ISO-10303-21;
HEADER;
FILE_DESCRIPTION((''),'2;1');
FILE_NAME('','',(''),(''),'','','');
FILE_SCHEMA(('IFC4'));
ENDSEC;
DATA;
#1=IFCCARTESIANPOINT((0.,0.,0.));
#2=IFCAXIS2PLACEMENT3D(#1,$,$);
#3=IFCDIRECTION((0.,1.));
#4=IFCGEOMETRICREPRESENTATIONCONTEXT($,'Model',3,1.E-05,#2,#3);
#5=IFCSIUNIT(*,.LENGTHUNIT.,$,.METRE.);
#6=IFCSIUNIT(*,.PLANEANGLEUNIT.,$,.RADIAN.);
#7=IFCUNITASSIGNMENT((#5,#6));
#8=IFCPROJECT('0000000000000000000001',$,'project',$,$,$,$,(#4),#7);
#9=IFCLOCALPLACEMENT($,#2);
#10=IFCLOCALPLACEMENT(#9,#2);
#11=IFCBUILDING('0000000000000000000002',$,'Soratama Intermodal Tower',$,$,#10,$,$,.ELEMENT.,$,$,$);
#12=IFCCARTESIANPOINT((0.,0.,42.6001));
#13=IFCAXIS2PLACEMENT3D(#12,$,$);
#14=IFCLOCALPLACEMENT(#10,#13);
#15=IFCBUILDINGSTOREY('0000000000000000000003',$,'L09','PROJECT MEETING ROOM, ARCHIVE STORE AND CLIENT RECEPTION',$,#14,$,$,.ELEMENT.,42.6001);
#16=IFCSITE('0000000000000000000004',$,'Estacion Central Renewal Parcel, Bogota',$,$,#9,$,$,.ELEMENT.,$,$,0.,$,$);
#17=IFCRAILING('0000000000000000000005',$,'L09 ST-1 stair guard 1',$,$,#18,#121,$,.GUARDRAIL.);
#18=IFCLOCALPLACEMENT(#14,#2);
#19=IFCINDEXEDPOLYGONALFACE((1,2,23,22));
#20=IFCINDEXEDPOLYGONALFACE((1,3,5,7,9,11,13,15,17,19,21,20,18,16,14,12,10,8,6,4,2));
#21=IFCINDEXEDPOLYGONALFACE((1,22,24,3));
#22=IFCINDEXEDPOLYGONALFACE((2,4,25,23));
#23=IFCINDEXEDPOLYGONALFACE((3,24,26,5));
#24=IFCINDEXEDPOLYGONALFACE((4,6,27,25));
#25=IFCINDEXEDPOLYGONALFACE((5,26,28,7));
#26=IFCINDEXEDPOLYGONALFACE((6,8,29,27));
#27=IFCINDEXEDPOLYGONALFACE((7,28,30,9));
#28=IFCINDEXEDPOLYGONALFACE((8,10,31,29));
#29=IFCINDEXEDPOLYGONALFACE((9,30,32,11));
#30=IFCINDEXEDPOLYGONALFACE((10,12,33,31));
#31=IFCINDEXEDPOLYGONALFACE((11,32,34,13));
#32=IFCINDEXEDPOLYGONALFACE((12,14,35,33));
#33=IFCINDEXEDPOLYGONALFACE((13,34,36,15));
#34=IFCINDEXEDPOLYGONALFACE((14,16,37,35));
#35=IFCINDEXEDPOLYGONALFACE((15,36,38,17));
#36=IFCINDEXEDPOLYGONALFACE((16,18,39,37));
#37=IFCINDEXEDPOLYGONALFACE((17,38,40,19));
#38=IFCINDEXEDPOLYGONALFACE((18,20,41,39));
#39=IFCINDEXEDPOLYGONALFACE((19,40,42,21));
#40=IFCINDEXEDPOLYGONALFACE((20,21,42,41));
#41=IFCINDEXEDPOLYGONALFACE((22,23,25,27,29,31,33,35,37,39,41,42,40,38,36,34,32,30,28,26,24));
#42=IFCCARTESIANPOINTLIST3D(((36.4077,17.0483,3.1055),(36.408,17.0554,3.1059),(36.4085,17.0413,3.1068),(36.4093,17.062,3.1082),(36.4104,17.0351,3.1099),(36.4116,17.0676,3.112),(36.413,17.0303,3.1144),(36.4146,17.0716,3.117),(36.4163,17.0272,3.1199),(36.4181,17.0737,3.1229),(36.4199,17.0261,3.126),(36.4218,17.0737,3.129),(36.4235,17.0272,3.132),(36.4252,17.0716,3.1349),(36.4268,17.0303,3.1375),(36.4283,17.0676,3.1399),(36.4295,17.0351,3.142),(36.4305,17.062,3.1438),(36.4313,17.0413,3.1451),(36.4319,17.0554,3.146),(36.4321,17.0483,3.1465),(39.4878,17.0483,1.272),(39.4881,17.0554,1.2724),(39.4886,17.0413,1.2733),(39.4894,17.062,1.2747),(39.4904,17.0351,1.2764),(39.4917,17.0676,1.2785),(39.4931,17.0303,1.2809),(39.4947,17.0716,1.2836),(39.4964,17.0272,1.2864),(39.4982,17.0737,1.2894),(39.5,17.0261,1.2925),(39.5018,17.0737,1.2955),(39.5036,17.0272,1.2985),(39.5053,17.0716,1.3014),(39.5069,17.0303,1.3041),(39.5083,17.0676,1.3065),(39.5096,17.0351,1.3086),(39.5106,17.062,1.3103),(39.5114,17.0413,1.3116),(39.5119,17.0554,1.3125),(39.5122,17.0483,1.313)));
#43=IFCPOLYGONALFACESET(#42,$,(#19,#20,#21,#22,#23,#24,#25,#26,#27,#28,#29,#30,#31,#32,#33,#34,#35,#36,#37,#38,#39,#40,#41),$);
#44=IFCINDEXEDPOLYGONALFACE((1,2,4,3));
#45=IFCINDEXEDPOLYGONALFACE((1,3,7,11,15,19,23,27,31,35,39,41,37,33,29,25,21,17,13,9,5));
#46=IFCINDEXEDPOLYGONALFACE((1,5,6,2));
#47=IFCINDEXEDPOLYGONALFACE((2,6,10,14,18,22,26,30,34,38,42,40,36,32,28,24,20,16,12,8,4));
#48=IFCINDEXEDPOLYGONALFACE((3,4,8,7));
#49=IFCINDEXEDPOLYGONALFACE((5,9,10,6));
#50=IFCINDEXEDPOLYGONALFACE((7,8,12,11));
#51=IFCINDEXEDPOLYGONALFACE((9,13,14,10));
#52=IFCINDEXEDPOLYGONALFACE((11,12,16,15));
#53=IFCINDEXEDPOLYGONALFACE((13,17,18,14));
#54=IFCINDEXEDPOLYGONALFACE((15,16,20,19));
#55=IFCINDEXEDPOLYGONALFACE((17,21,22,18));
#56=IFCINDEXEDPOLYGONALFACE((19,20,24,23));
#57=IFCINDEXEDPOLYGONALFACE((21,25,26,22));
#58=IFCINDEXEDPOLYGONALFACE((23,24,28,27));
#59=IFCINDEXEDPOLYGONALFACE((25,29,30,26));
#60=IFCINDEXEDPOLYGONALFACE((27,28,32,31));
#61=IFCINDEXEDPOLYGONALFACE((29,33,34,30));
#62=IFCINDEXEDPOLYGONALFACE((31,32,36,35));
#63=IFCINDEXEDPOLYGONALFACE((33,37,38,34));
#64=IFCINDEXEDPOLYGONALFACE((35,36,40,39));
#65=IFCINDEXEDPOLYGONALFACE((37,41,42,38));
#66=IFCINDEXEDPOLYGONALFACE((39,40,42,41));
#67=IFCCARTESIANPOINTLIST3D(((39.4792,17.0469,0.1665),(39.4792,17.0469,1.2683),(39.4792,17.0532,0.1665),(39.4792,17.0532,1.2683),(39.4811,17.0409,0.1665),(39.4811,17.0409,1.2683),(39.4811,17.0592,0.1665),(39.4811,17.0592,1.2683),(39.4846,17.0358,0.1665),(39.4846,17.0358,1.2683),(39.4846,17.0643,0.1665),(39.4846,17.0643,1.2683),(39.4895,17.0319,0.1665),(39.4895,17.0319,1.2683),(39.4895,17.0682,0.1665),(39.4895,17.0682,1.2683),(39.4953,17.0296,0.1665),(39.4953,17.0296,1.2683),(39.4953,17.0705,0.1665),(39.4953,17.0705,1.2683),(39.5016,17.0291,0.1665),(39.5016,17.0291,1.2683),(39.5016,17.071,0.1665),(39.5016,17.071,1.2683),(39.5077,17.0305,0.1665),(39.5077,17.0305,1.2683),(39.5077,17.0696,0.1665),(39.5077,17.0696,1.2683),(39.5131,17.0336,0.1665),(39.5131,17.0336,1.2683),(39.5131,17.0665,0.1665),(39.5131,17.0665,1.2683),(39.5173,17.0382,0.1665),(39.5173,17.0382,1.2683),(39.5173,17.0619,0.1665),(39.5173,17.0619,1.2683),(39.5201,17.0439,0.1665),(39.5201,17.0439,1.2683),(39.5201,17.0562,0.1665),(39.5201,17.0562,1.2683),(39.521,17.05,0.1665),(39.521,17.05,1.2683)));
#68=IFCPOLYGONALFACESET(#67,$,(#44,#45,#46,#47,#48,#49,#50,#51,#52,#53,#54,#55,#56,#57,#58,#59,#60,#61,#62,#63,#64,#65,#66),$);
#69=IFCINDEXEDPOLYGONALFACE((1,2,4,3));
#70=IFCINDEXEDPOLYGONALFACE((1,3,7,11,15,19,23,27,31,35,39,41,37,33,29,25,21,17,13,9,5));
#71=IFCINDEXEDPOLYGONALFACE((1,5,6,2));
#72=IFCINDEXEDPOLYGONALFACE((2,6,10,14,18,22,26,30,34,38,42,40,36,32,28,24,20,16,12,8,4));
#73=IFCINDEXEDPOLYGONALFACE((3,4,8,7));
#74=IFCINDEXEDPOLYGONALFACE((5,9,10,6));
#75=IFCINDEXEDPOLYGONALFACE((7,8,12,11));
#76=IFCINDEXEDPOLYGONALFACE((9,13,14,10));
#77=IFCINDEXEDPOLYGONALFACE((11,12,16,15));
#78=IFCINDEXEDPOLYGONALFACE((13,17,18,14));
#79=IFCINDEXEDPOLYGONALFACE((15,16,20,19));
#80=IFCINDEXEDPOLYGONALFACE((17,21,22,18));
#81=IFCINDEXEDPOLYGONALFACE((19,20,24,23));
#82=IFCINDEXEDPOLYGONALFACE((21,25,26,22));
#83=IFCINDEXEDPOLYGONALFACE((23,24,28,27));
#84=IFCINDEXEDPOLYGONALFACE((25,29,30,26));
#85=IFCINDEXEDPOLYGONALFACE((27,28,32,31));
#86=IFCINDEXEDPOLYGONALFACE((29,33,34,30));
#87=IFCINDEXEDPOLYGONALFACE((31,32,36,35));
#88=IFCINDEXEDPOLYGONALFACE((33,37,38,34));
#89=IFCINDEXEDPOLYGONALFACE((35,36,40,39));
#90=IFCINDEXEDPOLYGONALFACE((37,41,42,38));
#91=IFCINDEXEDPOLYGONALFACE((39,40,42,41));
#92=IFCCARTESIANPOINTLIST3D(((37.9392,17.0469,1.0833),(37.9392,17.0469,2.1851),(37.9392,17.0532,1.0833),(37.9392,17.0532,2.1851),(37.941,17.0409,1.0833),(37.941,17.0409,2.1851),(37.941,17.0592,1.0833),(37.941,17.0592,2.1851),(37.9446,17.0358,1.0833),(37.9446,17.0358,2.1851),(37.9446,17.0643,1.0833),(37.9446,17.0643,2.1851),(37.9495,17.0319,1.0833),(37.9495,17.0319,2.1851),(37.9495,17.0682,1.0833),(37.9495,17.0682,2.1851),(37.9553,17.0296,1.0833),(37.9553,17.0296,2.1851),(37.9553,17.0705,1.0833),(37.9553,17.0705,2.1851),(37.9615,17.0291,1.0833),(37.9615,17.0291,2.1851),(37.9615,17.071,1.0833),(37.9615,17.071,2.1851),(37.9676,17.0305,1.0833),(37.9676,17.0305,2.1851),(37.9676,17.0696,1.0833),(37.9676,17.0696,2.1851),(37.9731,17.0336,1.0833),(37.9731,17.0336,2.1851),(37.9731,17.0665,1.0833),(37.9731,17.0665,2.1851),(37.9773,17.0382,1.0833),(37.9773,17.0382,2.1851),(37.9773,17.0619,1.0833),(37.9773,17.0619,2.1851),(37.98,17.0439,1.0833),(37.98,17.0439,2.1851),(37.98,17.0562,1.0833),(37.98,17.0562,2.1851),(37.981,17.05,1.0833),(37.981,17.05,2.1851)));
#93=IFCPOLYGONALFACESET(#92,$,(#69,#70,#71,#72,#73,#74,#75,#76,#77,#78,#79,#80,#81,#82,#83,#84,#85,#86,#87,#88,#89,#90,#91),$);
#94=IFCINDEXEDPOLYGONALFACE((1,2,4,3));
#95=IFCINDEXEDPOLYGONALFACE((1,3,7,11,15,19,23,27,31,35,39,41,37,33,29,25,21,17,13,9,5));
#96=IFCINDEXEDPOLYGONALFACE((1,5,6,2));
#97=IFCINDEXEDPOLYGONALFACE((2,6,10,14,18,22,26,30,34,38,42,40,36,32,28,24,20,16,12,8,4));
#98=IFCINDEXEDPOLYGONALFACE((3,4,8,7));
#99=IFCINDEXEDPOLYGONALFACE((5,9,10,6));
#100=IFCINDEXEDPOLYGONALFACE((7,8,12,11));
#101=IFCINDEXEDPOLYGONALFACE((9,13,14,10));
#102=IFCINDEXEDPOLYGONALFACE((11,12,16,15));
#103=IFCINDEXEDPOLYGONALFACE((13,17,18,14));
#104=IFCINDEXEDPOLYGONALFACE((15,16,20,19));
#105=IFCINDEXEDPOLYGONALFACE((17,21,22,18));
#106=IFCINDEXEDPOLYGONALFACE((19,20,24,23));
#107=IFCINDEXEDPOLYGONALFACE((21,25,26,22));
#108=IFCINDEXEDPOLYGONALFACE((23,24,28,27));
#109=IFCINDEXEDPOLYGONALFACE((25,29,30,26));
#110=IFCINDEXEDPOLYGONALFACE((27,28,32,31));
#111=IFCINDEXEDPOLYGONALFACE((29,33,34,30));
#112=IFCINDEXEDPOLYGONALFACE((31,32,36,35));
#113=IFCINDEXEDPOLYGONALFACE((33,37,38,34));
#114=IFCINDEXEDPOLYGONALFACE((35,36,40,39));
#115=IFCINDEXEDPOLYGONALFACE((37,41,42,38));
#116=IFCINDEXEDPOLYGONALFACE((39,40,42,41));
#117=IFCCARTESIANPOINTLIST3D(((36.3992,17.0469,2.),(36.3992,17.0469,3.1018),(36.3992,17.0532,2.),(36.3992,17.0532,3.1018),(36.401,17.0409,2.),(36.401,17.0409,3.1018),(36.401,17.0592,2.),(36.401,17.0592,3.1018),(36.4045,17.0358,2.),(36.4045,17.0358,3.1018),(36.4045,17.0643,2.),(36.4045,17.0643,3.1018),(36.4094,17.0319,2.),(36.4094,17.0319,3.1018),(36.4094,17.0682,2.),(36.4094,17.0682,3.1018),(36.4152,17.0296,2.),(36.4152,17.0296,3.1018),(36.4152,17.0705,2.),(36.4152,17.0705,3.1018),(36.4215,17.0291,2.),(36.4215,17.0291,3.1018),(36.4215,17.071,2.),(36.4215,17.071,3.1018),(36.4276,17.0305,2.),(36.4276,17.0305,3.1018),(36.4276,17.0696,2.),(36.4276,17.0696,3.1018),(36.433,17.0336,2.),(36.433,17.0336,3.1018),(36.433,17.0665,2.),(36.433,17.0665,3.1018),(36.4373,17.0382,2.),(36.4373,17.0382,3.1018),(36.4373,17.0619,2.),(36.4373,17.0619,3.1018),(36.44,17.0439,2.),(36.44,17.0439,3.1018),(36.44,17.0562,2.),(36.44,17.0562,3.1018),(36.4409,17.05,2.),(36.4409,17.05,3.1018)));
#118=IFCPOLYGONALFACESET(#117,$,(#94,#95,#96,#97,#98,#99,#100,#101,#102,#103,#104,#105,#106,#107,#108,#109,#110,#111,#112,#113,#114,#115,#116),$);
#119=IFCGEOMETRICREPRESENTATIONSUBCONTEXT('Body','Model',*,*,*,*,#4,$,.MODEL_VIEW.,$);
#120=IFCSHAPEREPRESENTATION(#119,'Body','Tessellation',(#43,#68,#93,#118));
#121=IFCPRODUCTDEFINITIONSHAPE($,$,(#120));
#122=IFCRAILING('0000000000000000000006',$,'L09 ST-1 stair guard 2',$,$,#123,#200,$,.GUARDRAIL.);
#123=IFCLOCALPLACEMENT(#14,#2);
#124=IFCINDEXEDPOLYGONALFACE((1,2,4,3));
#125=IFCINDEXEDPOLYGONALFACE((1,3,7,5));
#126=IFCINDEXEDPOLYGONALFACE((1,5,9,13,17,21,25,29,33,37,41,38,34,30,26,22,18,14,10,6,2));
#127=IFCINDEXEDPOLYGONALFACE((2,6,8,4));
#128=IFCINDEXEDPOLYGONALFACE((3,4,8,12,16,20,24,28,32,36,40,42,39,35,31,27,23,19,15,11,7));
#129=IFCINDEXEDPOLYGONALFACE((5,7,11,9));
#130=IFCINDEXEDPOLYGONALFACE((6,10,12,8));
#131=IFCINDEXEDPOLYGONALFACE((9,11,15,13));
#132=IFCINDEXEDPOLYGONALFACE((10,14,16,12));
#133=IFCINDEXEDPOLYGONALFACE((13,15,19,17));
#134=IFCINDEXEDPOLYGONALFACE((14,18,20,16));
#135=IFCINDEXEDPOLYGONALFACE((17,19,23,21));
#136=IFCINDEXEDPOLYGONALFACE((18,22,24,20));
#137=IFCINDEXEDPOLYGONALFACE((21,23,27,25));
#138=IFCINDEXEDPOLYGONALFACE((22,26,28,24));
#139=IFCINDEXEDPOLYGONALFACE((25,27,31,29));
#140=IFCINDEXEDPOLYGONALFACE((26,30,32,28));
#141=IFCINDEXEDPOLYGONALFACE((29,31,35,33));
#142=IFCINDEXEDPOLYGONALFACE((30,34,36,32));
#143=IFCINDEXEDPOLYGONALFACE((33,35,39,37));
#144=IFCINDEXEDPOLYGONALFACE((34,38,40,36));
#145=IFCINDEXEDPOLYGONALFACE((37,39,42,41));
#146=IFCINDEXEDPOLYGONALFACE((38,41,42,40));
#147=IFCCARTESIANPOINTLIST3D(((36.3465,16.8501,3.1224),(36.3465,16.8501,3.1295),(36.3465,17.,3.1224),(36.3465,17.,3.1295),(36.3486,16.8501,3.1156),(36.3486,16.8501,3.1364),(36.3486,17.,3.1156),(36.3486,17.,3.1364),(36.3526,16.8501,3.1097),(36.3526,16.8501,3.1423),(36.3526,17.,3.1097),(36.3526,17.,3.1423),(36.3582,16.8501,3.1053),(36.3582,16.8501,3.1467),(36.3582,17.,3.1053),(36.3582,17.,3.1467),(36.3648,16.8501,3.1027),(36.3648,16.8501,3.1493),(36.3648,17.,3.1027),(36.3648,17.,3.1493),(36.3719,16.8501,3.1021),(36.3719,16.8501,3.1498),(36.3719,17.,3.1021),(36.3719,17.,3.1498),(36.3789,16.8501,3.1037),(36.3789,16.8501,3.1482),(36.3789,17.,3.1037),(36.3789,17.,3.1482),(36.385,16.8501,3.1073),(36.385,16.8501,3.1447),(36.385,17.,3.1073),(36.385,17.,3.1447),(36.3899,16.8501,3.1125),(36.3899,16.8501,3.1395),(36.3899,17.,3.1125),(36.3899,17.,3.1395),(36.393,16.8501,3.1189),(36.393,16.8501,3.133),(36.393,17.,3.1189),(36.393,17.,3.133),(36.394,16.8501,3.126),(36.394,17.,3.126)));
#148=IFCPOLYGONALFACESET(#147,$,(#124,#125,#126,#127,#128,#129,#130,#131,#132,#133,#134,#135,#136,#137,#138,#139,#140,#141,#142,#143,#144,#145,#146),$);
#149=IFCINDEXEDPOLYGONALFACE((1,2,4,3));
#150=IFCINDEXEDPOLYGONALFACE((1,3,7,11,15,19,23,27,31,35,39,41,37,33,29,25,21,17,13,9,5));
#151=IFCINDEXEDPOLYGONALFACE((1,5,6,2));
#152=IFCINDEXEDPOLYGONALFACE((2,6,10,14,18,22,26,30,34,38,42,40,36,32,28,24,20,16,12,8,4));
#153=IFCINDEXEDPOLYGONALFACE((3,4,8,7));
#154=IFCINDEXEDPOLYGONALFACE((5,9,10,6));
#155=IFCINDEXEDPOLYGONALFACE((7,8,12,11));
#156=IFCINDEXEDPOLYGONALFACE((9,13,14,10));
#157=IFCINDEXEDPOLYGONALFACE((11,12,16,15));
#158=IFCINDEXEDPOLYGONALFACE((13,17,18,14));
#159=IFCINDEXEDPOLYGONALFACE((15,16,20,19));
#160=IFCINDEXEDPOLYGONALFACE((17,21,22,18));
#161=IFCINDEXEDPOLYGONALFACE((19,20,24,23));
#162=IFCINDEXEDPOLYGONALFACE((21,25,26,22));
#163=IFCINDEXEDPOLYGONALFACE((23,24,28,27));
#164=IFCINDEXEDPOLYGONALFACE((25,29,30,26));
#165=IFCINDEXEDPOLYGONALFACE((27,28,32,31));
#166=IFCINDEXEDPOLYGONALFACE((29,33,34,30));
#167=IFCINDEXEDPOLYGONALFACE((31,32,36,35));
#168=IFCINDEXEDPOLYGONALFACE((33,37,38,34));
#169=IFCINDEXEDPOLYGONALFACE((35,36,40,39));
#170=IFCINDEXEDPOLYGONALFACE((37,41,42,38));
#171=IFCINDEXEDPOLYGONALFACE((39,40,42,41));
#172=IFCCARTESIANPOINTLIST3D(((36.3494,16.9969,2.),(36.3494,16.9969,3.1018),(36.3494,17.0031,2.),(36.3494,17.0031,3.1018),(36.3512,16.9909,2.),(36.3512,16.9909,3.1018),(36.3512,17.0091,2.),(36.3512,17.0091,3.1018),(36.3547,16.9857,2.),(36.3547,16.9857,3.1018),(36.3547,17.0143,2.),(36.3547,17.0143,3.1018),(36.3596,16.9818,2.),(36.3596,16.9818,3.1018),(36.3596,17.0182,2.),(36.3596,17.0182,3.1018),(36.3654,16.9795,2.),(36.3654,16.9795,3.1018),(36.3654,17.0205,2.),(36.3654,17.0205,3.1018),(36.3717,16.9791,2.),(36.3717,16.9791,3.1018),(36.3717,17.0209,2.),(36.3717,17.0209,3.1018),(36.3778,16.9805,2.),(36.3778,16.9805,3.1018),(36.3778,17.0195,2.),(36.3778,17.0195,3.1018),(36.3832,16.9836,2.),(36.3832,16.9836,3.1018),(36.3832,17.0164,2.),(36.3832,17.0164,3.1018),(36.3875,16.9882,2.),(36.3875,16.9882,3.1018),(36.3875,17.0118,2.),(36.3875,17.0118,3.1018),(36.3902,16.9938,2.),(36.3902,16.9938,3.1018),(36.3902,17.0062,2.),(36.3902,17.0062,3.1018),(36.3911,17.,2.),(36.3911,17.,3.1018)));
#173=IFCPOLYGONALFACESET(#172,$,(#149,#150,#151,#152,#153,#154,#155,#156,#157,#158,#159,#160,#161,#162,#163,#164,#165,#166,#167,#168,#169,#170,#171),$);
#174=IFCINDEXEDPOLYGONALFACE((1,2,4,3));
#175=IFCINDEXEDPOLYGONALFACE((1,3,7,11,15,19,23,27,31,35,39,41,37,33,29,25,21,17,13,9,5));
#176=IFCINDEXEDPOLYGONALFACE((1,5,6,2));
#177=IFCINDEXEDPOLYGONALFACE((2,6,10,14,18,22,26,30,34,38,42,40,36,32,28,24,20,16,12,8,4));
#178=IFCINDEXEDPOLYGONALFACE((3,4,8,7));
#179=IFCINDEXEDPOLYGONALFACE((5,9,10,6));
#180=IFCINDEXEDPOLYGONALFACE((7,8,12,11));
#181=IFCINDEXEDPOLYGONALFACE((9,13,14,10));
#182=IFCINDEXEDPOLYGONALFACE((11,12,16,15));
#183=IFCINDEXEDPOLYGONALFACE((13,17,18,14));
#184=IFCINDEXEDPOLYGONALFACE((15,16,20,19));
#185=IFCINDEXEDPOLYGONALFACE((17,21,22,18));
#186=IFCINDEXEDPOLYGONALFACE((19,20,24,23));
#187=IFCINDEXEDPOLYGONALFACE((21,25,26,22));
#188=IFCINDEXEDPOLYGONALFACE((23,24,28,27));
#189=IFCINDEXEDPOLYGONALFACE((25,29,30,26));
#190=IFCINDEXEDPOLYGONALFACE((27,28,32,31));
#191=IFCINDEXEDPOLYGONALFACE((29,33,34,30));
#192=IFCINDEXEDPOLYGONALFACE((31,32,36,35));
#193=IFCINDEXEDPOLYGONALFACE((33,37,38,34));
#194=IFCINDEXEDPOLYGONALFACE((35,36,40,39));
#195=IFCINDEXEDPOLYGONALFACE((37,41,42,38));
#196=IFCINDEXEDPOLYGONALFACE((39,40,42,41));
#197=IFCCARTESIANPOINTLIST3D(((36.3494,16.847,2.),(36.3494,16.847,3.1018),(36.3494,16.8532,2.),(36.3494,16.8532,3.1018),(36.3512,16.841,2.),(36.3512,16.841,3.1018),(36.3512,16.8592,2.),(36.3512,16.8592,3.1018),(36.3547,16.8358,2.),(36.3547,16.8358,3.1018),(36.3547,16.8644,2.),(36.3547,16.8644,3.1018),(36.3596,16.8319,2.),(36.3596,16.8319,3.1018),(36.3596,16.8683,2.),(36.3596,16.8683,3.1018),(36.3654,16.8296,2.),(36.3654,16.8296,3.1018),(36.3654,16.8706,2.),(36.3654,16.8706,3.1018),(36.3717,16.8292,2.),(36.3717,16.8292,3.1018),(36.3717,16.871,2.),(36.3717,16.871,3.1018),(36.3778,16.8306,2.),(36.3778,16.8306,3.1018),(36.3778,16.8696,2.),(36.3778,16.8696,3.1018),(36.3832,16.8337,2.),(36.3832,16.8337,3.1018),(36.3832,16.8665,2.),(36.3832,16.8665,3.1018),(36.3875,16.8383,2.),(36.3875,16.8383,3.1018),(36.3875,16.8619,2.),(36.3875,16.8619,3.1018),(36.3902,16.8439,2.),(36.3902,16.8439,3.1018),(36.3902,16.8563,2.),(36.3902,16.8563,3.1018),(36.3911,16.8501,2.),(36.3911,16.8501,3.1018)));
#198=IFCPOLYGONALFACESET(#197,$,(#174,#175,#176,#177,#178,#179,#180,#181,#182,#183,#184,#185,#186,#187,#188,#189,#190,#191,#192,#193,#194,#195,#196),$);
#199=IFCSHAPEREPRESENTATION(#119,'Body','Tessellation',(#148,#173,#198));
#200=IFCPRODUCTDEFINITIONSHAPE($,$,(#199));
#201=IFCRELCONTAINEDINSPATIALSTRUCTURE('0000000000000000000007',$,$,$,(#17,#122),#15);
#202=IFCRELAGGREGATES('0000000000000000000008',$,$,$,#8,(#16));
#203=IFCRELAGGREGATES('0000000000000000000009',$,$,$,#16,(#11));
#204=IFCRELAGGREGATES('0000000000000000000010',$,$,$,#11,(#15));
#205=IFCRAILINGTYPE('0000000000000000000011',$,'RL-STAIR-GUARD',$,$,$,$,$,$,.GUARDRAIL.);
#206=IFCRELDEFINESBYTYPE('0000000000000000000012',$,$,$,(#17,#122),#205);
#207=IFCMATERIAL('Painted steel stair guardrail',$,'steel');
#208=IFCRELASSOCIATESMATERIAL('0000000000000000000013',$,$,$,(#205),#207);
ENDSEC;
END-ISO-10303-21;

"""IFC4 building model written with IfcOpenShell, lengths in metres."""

from ifc_helpers import new_model, si_unit, direction, frame, origin, origin_2d, place, context, subcontext, project, spatial, circle, extrude, material, type_object, element, save


model = new_model("IFC4")

# Units and contexts
model_context = context("Model", 3, precision=1e-05, world=origin(), true_north=direction((0.0, 1.0)))
body_context = subcontext(model_context, "Body", "Model", "MODEL_VIEW")
ifc_project = project(units=[si_unit("LENGTHUNIT", "METRE"), si_unit("PLANEANGLEUNIT", "RADIAN")], contexts=[model_context])

# Site, building, storey
site_placement = place(None, origin())
site = spatial("IfcSite", under=ifc_project, at=site_placement, Name="Estacion Central Renewal Parcel, Bogota", CompositionType="ELEMENT", RefElevation=0.0)
building_placement = place(site_placement, origin())
building = spatial("IfcBuilding", under=site, at=building_placement, Name="Soratama Intermodal Tower", CompositionType="ELEMENT")
storey_placement = place(building_placement, frame((0.0, 0.0, 42.6001)))
storey = spatial("IfcBuildingStorey", under=building, at=storey_placement, Name="L09", Description="PROJECT MEETING ROOM, ARCHIVE STORE AND CLIENT RECEPTION", CompositionType="ELEMENT", Elevation=42.6001)

# Railings
ifc_material_1 = material(Name="Painted steel stair guardrail", Category="steel")
railing_type_1 = type_object("IfcRailingType", Name="RL-STAIR-GUARD", PredefinedType="GUARDRAIL", material=ifc_material_1)
railing_1_placement = place(storey_placement, frame((39.5, 17.05, 0.1665)))
element("IfcRailing", 1, at=railing_1_placement, inside=storey, type_object=railing_type_1, Name="L09 ST-1 stair guard 1", PredefinedType="GUARDRAIL", context=body_context, shape_type="SweptSolid", body=[
    extrude(circle(Radius=0.0239, at=origin_2d()), frame((0.0, 0.0, 1.126), z_axis=(-0.859279, 0.0, 0.511508), x_axis=(0.0, -1.0, 0.0)), (0.0, 0.0, 1.0), 3.5845),
    extrude(circle(Radius=0.021, at=origin_2d()), origin(), (0.0, 0.0, 1.0), 1.1018),
    extrude(circle(Radius=0.021, at=origin_2d()), frame((-1.54, 0.0, 0.9167)), (0.0, 0.0, 1.0), 1.1018),
    extrude(circle(Radius=0.021, at=origin_2d()), frame((-3.0801, 0.0, 1.8335)), (0.0, 0.0, 1.0), 1.1018),
])
railing_2_placement = place(storey_placement, frame((36.3701, 17.0, 2.0)))
element("IfcRailing", 2, at=railing_2_placement, inside=storey, type_object=railing_type_1, Name="L09 ST-1 stair guard 2", PredefinedType="GUARDRAIL", context=body_context, shape_type="SweptSolid", body=[
    extrude(circle(Radius=0.0239, at=origin_2d()), frame((0.0, 0.0, 1.126), z_axis=(0.0, -1.0, 0.0), x_axis=(1.0, 0.0, 0.0)), (0.0, 0.0, 1.0), 0.1499),
    extrude(circle(Radius=0.021, at=origin_2d()), origin(), (0.0, 0.0, 1.0), 1.1018),
    extrude(circle(Radius=0.021, at=origin_2d()), frame((0.0, -0.1499, 0.0)), (0.0, 0.0, 1.0), 1.1018),
])

save(model, "model.ifc")
